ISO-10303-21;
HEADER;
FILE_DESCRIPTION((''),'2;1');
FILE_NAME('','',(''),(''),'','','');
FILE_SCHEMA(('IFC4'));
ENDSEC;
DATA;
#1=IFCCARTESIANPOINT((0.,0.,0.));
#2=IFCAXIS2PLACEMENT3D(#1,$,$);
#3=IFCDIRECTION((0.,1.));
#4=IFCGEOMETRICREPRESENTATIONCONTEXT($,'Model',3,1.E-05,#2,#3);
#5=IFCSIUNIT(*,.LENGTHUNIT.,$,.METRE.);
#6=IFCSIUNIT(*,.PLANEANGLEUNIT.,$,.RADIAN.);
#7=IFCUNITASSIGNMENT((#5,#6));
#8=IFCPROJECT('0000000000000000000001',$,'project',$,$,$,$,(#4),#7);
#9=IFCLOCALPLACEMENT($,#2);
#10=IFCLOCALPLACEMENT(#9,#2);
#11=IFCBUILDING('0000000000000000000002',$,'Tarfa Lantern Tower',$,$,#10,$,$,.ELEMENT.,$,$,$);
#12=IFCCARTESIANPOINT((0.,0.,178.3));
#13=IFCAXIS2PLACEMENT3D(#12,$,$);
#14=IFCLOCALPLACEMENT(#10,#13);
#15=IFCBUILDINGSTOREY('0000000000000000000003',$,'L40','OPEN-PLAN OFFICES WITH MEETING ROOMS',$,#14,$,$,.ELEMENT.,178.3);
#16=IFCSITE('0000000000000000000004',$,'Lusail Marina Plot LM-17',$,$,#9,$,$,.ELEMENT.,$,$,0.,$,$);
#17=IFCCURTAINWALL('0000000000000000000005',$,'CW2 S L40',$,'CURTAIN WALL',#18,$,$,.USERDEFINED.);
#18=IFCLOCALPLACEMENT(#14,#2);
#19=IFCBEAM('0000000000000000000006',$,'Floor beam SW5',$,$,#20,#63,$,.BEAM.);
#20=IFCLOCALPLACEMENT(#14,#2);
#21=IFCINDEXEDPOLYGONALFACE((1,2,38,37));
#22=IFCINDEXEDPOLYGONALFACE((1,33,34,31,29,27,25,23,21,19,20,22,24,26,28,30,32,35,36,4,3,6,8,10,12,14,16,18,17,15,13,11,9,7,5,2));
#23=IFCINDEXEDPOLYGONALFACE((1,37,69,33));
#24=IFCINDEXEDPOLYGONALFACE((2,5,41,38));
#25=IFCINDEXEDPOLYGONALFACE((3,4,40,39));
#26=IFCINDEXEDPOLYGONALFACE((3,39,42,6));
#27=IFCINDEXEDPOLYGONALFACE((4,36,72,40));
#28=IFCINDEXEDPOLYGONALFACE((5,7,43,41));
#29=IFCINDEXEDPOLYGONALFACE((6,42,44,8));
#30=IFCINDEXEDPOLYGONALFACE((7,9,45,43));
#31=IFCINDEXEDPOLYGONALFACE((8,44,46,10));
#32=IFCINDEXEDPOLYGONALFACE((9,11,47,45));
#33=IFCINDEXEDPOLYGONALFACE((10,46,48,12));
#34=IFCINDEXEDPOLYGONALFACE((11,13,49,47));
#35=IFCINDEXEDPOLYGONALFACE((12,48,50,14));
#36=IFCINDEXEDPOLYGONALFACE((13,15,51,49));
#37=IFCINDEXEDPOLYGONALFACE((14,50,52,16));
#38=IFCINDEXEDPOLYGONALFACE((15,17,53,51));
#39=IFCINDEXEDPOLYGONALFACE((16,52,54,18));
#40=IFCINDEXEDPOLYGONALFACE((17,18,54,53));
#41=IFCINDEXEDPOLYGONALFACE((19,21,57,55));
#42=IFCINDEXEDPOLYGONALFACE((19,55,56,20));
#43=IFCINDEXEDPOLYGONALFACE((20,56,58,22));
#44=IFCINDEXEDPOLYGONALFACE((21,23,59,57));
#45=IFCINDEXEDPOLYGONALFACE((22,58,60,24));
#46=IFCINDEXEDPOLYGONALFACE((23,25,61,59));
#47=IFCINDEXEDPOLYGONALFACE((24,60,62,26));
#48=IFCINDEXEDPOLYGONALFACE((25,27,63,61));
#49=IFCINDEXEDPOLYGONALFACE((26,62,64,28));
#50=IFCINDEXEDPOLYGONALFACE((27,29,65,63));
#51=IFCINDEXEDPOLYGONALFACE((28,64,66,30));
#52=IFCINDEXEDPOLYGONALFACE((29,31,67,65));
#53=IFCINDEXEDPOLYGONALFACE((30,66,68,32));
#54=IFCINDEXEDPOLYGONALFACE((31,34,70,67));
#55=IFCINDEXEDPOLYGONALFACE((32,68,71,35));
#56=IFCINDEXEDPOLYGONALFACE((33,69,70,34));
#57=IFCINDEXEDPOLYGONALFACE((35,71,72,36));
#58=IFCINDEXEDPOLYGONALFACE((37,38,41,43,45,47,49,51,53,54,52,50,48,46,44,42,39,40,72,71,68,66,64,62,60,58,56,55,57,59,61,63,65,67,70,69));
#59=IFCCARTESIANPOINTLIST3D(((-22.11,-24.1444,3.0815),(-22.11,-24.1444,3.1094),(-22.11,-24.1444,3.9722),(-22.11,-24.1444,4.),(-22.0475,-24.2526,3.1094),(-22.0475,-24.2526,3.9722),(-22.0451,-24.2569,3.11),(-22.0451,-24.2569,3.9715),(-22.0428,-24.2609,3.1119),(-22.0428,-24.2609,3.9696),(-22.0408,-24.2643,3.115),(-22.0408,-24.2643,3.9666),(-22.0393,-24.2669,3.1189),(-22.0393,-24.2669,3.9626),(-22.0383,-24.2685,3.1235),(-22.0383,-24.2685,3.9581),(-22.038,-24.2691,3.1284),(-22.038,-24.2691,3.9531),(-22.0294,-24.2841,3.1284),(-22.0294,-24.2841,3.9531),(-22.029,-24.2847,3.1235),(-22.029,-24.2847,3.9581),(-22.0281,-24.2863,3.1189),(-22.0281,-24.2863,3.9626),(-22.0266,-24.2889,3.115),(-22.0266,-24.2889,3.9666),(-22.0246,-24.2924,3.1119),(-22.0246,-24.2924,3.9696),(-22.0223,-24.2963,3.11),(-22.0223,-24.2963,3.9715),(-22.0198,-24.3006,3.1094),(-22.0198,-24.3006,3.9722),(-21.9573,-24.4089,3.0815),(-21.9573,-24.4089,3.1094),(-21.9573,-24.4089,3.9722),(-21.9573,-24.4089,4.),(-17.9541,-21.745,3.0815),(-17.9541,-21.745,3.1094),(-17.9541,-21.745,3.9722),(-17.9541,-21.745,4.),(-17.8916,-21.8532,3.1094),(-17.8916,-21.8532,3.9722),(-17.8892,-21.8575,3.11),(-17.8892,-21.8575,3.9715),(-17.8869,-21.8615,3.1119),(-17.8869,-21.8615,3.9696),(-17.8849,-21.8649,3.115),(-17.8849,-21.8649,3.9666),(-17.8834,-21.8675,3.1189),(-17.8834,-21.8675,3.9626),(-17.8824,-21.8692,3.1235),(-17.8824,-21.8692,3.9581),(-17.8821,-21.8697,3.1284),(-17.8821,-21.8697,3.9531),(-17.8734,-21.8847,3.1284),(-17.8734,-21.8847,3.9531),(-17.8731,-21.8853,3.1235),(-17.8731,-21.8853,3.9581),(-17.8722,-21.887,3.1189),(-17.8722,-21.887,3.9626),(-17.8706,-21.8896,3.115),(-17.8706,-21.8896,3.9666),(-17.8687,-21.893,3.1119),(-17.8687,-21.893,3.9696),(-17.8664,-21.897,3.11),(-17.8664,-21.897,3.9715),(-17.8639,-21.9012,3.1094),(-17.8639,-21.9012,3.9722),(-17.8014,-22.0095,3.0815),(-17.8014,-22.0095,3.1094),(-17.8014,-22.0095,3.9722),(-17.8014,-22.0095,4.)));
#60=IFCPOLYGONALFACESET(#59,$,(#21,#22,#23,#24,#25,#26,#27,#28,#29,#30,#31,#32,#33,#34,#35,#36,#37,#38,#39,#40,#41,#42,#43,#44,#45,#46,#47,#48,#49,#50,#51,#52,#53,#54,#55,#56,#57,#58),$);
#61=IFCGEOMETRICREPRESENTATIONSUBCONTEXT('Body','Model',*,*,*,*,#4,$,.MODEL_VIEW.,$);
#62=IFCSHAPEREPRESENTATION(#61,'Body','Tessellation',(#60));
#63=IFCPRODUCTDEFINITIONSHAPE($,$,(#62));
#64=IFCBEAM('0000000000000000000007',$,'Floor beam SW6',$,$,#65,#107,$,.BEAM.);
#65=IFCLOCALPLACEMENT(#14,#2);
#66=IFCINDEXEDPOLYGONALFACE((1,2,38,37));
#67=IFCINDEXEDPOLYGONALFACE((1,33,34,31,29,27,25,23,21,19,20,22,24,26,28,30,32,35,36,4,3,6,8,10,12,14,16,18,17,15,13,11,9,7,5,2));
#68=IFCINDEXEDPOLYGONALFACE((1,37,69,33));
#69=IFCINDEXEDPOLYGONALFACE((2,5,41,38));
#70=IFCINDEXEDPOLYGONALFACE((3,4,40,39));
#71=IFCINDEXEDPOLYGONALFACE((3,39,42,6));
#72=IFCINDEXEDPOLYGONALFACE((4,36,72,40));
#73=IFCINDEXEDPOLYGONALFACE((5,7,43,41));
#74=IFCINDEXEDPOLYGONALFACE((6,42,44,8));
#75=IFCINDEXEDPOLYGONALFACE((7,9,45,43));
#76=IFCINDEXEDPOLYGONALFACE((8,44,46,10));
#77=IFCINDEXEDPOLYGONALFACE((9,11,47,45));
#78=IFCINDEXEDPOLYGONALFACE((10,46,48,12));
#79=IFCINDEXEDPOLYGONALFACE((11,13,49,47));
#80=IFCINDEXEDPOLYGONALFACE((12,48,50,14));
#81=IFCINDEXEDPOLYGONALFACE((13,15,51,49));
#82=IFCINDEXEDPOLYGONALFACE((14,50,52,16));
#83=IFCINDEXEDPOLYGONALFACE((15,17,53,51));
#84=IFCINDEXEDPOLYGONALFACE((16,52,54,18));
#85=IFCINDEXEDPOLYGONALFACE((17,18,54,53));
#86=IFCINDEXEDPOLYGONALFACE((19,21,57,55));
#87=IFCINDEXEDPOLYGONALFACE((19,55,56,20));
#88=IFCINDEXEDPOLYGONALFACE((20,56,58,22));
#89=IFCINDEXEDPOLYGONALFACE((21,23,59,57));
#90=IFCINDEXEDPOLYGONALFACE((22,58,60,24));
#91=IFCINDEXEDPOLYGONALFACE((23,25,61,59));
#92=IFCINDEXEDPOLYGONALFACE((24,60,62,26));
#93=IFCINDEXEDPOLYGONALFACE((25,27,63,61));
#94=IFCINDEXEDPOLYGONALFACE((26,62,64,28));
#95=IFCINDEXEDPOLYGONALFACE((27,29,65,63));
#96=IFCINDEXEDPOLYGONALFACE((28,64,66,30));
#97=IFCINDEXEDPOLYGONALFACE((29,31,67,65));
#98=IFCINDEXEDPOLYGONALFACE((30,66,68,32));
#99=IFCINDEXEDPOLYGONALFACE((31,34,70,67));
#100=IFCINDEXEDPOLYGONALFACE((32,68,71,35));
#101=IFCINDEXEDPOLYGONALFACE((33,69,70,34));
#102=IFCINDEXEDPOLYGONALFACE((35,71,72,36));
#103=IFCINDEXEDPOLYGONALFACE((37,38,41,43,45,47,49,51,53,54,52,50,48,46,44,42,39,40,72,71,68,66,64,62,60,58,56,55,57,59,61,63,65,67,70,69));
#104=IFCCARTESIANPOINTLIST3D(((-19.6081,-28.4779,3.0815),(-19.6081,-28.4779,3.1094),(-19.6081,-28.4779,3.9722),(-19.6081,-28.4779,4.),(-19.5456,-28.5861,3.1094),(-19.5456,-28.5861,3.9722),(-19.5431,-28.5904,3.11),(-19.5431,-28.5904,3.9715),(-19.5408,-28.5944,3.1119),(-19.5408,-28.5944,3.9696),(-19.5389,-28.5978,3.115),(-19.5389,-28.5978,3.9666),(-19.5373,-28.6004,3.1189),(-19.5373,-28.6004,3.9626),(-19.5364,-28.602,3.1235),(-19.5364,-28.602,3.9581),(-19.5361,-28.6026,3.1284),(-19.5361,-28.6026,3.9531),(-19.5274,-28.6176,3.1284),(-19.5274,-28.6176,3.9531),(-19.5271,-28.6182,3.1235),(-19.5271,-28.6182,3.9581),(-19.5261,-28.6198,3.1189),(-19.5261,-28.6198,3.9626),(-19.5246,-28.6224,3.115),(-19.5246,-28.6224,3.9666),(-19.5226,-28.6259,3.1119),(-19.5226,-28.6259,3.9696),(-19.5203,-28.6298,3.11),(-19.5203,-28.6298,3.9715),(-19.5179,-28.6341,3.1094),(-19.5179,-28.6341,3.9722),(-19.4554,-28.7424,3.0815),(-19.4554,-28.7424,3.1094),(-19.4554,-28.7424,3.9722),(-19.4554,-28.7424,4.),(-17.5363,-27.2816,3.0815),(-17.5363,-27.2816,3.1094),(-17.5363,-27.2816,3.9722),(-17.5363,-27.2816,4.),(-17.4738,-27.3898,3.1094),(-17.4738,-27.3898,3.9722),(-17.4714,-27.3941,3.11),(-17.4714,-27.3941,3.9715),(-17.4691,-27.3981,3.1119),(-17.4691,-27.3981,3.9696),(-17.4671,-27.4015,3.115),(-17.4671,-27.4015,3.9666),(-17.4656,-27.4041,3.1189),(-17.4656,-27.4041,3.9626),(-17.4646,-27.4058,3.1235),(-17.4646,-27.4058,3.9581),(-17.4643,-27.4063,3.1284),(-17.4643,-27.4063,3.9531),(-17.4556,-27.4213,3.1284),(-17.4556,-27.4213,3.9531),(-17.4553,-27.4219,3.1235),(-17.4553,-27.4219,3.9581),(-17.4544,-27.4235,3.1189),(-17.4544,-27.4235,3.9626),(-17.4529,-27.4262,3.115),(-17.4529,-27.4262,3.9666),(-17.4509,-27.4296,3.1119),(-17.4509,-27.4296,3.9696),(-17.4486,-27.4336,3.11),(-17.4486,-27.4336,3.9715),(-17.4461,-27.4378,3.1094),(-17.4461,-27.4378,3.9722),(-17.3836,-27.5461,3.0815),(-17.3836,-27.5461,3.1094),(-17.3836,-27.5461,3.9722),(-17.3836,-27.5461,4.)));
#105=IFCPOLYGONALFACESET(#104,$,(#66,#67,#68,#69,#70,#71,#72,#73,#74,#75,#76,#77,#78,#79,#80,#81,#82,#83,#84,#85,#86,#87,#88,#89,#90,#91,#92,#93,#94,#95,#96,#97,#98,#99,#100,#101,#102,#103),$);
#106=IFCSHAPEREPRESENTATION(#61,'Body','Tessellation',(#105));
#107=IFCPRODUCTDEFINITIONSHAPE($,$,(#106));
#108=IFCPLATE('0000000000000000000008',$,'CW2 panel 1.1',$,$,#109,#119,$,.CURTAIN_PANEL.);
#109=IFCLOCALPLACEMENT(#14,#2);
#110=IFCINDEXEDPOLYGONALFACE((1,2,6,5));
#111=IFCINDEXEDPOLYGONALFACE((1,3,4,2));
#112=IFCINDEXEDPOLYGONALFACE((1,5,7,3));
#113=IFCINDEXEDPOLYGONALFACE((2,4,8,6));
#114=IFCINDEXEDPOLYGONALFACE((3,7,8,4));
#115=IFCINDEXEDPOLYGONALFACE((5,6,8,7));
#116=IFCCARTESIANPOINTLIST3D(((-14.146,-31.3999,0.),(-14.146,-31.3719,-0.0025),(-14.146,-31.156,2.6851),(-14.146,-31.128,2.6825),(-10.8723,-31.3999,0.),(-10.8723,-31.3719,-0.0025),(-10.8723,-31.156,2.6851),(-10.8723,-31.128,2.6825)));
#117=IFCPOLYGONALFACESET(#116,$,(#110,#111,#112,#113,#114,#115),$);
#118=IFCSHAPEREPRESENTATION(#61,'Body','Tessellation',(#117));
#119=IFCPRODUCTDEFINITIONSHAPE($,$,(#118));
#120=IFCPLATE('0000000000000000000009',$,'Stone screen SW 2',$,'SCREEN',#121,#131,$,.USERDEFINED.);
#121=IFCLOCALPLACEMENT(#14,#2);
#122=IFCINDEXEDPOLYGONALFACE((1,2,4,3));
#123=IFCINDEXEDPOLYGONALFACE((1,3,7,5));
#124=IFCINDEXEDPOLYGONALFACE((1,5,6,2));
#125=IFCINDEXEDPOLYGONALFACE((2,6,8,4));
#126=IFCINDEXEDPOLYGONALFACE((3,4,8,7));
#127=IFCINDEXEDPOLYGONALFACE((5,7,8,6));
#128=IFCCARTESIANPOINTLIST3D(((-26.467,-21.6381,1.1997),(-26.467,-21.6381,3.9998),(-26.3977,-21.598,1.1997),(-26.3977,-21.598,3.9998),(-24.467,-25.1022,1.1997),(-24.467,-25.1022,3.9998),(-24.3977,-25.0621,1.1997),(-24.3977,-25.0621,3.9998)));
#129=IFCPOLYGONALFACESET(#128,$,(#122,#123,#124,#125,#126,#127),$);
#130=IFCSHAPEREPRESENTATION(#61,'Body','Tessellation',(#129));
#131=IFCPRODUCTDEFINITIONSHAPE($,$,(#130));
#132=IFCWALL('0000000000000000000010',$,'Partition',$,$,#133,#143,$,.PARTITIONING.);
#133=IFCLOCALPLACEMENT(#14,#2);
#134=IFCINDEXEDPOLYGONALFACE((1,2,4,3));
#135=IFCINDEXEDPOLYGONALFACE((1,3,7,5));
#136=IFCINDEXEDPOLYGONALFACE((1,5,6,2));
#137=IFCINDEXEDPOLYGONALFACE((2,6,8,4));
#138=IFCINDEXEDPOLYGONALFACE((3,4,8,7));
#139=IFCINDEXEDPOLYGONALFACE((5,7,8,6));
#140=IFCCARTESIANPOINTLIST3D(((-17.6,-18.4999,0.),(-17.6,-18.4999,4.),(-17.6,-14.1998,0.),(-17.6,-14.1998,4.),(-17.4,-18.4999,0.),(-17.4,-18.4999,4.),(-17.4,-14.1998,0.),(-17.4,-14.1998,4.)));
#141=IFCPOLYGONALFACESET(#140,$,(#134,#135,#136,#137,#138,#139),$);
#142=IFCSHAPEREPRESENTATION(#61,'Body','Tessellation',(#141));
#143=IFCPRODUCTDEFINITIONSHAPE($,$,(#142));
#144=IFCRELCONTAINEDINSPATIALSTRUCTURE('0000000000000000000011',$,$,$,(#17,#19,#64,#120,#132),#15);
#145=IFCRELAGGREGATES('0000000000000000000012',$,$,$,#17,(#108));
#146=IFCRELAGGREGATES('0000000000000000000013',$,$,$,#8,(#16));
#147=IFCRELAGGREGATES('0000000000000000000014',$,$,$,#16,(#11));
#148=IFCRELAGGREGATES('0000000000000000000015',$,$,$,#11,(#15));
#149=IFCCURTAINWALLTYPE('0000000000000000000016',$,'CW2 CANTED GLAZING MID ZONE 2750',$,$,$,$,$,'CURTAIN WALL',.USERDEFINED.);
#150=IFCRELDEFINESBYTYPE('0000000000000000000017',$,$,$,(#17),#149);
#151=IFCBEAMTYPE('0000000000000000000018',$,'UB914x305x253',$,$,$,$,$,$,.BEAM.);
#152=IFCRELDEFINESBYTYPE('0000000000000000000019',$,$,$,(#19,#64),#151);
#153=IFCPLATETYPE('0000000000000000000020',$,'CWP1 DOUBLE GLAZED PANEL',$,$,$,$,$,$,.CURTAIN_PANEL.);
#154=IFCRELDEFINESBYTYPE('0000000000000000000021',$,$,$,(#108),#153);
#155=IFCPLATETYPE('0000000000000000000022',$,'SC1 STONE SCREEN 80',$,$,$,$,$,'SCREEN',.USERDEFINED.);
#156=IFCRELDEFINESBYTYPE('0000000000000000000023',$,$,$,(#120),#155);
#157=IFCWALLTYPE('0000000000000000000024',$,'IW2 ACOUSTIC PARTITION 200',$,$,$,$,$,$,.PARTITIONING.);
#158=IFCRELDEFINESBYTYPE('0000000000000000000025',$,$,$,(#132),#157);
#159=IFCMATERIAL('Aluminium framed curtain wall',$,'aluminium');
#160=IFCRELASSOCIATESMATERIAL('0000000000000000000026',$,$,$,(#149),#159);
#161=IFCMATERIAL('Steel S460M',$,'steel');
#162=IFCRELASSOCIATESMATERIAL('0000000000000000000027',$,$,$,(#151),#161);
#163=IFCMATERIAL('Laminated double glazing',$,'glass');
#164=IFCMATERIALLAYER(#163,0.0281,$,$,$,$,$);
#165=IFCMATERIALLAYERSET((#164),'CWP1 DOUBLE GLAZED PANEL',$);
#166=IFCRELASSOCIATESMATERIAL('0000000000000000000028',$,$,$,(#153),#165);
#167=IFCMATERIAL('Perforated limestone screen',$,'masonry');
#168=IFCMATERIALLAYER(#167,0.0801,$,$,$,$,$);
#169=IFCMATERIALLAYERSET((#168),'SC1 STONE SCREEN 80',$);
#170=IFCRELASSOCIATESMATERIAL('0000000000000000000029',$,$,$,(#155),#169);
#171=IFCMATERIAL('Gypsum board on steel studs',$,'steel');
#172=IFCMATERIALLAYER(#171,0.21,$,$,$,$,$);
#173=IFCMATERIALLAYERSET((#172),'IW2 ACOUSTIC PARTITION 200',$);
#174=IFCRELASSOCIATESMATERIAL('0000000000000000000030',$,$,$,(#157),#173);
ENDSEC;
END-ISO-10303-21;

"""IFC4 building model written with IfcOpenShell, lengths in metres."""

from ifc_helpers import new_model, si_unit, direction, frame, frame_2d, origin, origin_2d, place, context, subcontext, project, spatial, polyline, rectangle, i_section, outline, extrude, material, layer, layer_set, material_profile, profile_set, type_object, element, aggregate, save


model = new_model("IFC4")

# Units and contexts
model_context = context("Model", 3, precision=1e-05, world=origin(), true_north=direction((0.0, 1.0)))
body_context = subcontext(model_context, "Body", "Model", "MODEL_VIEW")
ifc_project = project(units=[si_unit("LENGTHUNIT", "METRE"), si_unit("PLANEANGLEUNIT", "RADIAN")], contexts=[model_context])

# Site, building, storey
site_placement = place(None, origin())
site = spatial("IfcSite", under=ifc_project, at=site_placement, Name="Lusail Marina Plot LM-17", CompositionType="ELEMENT", RefElevation=0.0)
building_placement = place(site_placement, origin())
building = spatial("IfcBuilding", under=site, at=building_placement, Name="Tarfa Lantern Tower", CompositionType="ELEMENT")
storey_placement = place(building_placement, frame((0.0, 0.0, 178.3)))
storey = spatial("IfcBuildingStorey", under=building, at=storey_placement, Name="L40", Description="OPEN-PLAN OFFICES WITH MEETING ROOMS", CompositionType="ELEMENT", Elevation=178.3)

# Curtain wall
ifc_material_1 = material(Name="Aluminium framed curtain wall", Category="aluminium")
curtain_wall_type = type_object("IfcCurtainWallType", Name="CW2 CANTED GLAZING MID ZONE 2750", ElementType="CURTAIN WALL", PredefinedType="USERDEFINED", material=ifc_material_1)
curtain_wall_placement = place(storey_placement, origin())
curtain_wall = element("IfcCurtainWall", 1, at=curtain_wall_placement, inside=storey, type_object=curtain_wall_type, Name="CW2 S L40", ObjectType="CURTAIN WALL", PredefinedType="USERDEFINED")

# Beams
ifc_material_2 = material(Name="Steel S460M", Category="steel")
ifc_material_profile_1 = material_profile(ifc_material_2, i_section(OverallWidth=0.3054, OverallDepth=0.9185, WebThickness=0.0173, FlangeThickness=0.0278, FilletRadius=0.019, at=origin_2d()), Name="UB914x305x253")
ifc_profile_set_1 = profile_set([ifc_material_profile_1], Name="Steel S460M")
beam_type_1 = type_object("IfcBeamType", Name="UB914x305x253", PredefinedType="BEAM", material=ifc_profile_set_1)
beam_1_placement = place(storey_placement, frame((-22.0337, -24.2766, 3.5408), z_axis=(0.866031, 0.499991, 0.0), x_axis=(-0.499991, 0.866031, 0.0)))
element("IfcBeam", 2, at=beam_1_placement, inside=storey, type_object=beam_type_1, Name="Floor beam SW5", PredefinedType="BEAM", context=body_context, shape_type="SweptSolid", body=[
    extrude(i_section(OverallWidth=0.3054, OverallDepth=0.9185, WebThickness=0.0173, FlangeThickness=0.0278, FilletRadius=0.019, at=origin_2d()), origin(), (0.0, 0.0, 1.0), 4.7988),
])
beam_2_placement = place(storey_placement, frame((-19.5317, -28.6101, 3.5408), z_axis=(0.865999, 0.500046, 0.0), x_axis=(-0.500046, 0.865999, 0.0)))
element("IfcBeam", 3, at=beam_2_placement, inside=storey, type_object=beam_type_1, Name="Floor beam SW6", PredefinedType="BEAM", context=body_context, shape_type="SweptSolid", body=[
    extrude(i_section(OverallWidth=0.3054, OverallDepth=0.9185, WebThickness=0.0173, FlangeThickness=0.0278, FilletRadius=0.019, at=origin_2d()), origin(), (0.0, 0.0, 1.0), 2.3923),
])

# Plates
ifc_material_3 = material(Name="Laminated double glazing", Category="glass")
ifc_layer_1 = layer(ifc_material_3, 0.0281)
ifc_layer_set_1 = layer_set([ifc_layer_1], Name="CWP1 DOUBLE GLAZED PANEL")
plate_type_1 = type_object("IfcPlateType", Name="CWP1 DOUBLE GLAZED PANEL", PredefinedType="CURTAIN_PANEL", material=ifc_layer_set_1)
plate_1_placement = place(storey_placement, frame((-14.146, -31.3999, 0.0), z_axis=(0.0, -0.9959, 0.090462), x_axis=(1.0, 0.0, 0.0)))
plate_1 = element("IfcPlate", 4, at=plate_1_placement, type_object=plate_type_1, Name="CW2 panel 1.1", PredefinedType="CURTAIN_PANEL", context=body_context, shape_type="SweptSolid", body=[
    extrude(outline(polyline([(0.0, 0.0), (3.2737, 0.0), (3.2737, 2.6961), (0.0, 2.6961), (0.0, 0.0)])), origin(), (0.0, 0.0, -1.0), 0.0281),
])
aggregate(curtain_wall, [plate_1])
ifc_material_4 = material(Name="Perforated limestone screen", Category="masonry")
ifc_layer_2 = layer(ifc_material_4, 0.0801)
ifc_layer_set_2 = layer_set([ifc_layer_2], Name="SC1 STONE SCREEN 80")
plate_type_2 = type_object("IfcPlateType", Name="SC1 STONE SCREEN 80", ElementType="SCREEN", PredefinedType="USERDEFINED", material=ifc_layer_set_2)
plate_2_placement = place(storey_placement, frame((-25.4324, -23.3501, 1.1997), z_axis=(0.0, 0.0, 1.0), x_axis=(0.5, -0.866025, 0.0)))
element("IfcPlate", 5, at=plate_2_placement, inside=storey, type_object=plate_type_2, Name="Stone screen SW 2", ObjectType="SCREEN", PredefinedType="USERDEFINED", context=body_context, shape_type="SweptSolid", body=[
    extrude(rectangle(XDim=4.0, YDim=0.0801, at=origin_2d()), origin(), (0.0, 0.0, 1.0), 2.8),
])

# Wall
ifc_material_5 = material(Name="Gypsum board on steel studs", Category="steel")
ifc_layer_3 = layer(ifc_material_5, 0.21)
ifc_layer_set_3 = layer_set([ifc_layer_3], Name="IW2 ACOUSTIC PARTITION 200")
wall_type = type_object("IfcWallType", Name="IW2 ACOUSTIC PARTITION 200", PredefinedType="PARTITIONING", material=ifc_layer_set_3)
wall_placement = place(storey_placement, frame((-17.5, -14.2, 0.0), z_axis=(0.0, 0.0, 1.0), x_axis=(0.0, -1.0, 0.0)))
element("IfcWall", 6, at=wall_placement, inside=storey, type_object=wall_type, Name="Partition", PredefinedType="PARTITIONING", context=body_context, shape_type="SweptSolid", body=[
    extrude(rectangle(XDim=4.3, YDim=0.2, at=frame_2d((2.1499, 0.0))), origin(), (0.0, 0.0, 1.0), 4.0),
])

save(model, "model.ifc")
